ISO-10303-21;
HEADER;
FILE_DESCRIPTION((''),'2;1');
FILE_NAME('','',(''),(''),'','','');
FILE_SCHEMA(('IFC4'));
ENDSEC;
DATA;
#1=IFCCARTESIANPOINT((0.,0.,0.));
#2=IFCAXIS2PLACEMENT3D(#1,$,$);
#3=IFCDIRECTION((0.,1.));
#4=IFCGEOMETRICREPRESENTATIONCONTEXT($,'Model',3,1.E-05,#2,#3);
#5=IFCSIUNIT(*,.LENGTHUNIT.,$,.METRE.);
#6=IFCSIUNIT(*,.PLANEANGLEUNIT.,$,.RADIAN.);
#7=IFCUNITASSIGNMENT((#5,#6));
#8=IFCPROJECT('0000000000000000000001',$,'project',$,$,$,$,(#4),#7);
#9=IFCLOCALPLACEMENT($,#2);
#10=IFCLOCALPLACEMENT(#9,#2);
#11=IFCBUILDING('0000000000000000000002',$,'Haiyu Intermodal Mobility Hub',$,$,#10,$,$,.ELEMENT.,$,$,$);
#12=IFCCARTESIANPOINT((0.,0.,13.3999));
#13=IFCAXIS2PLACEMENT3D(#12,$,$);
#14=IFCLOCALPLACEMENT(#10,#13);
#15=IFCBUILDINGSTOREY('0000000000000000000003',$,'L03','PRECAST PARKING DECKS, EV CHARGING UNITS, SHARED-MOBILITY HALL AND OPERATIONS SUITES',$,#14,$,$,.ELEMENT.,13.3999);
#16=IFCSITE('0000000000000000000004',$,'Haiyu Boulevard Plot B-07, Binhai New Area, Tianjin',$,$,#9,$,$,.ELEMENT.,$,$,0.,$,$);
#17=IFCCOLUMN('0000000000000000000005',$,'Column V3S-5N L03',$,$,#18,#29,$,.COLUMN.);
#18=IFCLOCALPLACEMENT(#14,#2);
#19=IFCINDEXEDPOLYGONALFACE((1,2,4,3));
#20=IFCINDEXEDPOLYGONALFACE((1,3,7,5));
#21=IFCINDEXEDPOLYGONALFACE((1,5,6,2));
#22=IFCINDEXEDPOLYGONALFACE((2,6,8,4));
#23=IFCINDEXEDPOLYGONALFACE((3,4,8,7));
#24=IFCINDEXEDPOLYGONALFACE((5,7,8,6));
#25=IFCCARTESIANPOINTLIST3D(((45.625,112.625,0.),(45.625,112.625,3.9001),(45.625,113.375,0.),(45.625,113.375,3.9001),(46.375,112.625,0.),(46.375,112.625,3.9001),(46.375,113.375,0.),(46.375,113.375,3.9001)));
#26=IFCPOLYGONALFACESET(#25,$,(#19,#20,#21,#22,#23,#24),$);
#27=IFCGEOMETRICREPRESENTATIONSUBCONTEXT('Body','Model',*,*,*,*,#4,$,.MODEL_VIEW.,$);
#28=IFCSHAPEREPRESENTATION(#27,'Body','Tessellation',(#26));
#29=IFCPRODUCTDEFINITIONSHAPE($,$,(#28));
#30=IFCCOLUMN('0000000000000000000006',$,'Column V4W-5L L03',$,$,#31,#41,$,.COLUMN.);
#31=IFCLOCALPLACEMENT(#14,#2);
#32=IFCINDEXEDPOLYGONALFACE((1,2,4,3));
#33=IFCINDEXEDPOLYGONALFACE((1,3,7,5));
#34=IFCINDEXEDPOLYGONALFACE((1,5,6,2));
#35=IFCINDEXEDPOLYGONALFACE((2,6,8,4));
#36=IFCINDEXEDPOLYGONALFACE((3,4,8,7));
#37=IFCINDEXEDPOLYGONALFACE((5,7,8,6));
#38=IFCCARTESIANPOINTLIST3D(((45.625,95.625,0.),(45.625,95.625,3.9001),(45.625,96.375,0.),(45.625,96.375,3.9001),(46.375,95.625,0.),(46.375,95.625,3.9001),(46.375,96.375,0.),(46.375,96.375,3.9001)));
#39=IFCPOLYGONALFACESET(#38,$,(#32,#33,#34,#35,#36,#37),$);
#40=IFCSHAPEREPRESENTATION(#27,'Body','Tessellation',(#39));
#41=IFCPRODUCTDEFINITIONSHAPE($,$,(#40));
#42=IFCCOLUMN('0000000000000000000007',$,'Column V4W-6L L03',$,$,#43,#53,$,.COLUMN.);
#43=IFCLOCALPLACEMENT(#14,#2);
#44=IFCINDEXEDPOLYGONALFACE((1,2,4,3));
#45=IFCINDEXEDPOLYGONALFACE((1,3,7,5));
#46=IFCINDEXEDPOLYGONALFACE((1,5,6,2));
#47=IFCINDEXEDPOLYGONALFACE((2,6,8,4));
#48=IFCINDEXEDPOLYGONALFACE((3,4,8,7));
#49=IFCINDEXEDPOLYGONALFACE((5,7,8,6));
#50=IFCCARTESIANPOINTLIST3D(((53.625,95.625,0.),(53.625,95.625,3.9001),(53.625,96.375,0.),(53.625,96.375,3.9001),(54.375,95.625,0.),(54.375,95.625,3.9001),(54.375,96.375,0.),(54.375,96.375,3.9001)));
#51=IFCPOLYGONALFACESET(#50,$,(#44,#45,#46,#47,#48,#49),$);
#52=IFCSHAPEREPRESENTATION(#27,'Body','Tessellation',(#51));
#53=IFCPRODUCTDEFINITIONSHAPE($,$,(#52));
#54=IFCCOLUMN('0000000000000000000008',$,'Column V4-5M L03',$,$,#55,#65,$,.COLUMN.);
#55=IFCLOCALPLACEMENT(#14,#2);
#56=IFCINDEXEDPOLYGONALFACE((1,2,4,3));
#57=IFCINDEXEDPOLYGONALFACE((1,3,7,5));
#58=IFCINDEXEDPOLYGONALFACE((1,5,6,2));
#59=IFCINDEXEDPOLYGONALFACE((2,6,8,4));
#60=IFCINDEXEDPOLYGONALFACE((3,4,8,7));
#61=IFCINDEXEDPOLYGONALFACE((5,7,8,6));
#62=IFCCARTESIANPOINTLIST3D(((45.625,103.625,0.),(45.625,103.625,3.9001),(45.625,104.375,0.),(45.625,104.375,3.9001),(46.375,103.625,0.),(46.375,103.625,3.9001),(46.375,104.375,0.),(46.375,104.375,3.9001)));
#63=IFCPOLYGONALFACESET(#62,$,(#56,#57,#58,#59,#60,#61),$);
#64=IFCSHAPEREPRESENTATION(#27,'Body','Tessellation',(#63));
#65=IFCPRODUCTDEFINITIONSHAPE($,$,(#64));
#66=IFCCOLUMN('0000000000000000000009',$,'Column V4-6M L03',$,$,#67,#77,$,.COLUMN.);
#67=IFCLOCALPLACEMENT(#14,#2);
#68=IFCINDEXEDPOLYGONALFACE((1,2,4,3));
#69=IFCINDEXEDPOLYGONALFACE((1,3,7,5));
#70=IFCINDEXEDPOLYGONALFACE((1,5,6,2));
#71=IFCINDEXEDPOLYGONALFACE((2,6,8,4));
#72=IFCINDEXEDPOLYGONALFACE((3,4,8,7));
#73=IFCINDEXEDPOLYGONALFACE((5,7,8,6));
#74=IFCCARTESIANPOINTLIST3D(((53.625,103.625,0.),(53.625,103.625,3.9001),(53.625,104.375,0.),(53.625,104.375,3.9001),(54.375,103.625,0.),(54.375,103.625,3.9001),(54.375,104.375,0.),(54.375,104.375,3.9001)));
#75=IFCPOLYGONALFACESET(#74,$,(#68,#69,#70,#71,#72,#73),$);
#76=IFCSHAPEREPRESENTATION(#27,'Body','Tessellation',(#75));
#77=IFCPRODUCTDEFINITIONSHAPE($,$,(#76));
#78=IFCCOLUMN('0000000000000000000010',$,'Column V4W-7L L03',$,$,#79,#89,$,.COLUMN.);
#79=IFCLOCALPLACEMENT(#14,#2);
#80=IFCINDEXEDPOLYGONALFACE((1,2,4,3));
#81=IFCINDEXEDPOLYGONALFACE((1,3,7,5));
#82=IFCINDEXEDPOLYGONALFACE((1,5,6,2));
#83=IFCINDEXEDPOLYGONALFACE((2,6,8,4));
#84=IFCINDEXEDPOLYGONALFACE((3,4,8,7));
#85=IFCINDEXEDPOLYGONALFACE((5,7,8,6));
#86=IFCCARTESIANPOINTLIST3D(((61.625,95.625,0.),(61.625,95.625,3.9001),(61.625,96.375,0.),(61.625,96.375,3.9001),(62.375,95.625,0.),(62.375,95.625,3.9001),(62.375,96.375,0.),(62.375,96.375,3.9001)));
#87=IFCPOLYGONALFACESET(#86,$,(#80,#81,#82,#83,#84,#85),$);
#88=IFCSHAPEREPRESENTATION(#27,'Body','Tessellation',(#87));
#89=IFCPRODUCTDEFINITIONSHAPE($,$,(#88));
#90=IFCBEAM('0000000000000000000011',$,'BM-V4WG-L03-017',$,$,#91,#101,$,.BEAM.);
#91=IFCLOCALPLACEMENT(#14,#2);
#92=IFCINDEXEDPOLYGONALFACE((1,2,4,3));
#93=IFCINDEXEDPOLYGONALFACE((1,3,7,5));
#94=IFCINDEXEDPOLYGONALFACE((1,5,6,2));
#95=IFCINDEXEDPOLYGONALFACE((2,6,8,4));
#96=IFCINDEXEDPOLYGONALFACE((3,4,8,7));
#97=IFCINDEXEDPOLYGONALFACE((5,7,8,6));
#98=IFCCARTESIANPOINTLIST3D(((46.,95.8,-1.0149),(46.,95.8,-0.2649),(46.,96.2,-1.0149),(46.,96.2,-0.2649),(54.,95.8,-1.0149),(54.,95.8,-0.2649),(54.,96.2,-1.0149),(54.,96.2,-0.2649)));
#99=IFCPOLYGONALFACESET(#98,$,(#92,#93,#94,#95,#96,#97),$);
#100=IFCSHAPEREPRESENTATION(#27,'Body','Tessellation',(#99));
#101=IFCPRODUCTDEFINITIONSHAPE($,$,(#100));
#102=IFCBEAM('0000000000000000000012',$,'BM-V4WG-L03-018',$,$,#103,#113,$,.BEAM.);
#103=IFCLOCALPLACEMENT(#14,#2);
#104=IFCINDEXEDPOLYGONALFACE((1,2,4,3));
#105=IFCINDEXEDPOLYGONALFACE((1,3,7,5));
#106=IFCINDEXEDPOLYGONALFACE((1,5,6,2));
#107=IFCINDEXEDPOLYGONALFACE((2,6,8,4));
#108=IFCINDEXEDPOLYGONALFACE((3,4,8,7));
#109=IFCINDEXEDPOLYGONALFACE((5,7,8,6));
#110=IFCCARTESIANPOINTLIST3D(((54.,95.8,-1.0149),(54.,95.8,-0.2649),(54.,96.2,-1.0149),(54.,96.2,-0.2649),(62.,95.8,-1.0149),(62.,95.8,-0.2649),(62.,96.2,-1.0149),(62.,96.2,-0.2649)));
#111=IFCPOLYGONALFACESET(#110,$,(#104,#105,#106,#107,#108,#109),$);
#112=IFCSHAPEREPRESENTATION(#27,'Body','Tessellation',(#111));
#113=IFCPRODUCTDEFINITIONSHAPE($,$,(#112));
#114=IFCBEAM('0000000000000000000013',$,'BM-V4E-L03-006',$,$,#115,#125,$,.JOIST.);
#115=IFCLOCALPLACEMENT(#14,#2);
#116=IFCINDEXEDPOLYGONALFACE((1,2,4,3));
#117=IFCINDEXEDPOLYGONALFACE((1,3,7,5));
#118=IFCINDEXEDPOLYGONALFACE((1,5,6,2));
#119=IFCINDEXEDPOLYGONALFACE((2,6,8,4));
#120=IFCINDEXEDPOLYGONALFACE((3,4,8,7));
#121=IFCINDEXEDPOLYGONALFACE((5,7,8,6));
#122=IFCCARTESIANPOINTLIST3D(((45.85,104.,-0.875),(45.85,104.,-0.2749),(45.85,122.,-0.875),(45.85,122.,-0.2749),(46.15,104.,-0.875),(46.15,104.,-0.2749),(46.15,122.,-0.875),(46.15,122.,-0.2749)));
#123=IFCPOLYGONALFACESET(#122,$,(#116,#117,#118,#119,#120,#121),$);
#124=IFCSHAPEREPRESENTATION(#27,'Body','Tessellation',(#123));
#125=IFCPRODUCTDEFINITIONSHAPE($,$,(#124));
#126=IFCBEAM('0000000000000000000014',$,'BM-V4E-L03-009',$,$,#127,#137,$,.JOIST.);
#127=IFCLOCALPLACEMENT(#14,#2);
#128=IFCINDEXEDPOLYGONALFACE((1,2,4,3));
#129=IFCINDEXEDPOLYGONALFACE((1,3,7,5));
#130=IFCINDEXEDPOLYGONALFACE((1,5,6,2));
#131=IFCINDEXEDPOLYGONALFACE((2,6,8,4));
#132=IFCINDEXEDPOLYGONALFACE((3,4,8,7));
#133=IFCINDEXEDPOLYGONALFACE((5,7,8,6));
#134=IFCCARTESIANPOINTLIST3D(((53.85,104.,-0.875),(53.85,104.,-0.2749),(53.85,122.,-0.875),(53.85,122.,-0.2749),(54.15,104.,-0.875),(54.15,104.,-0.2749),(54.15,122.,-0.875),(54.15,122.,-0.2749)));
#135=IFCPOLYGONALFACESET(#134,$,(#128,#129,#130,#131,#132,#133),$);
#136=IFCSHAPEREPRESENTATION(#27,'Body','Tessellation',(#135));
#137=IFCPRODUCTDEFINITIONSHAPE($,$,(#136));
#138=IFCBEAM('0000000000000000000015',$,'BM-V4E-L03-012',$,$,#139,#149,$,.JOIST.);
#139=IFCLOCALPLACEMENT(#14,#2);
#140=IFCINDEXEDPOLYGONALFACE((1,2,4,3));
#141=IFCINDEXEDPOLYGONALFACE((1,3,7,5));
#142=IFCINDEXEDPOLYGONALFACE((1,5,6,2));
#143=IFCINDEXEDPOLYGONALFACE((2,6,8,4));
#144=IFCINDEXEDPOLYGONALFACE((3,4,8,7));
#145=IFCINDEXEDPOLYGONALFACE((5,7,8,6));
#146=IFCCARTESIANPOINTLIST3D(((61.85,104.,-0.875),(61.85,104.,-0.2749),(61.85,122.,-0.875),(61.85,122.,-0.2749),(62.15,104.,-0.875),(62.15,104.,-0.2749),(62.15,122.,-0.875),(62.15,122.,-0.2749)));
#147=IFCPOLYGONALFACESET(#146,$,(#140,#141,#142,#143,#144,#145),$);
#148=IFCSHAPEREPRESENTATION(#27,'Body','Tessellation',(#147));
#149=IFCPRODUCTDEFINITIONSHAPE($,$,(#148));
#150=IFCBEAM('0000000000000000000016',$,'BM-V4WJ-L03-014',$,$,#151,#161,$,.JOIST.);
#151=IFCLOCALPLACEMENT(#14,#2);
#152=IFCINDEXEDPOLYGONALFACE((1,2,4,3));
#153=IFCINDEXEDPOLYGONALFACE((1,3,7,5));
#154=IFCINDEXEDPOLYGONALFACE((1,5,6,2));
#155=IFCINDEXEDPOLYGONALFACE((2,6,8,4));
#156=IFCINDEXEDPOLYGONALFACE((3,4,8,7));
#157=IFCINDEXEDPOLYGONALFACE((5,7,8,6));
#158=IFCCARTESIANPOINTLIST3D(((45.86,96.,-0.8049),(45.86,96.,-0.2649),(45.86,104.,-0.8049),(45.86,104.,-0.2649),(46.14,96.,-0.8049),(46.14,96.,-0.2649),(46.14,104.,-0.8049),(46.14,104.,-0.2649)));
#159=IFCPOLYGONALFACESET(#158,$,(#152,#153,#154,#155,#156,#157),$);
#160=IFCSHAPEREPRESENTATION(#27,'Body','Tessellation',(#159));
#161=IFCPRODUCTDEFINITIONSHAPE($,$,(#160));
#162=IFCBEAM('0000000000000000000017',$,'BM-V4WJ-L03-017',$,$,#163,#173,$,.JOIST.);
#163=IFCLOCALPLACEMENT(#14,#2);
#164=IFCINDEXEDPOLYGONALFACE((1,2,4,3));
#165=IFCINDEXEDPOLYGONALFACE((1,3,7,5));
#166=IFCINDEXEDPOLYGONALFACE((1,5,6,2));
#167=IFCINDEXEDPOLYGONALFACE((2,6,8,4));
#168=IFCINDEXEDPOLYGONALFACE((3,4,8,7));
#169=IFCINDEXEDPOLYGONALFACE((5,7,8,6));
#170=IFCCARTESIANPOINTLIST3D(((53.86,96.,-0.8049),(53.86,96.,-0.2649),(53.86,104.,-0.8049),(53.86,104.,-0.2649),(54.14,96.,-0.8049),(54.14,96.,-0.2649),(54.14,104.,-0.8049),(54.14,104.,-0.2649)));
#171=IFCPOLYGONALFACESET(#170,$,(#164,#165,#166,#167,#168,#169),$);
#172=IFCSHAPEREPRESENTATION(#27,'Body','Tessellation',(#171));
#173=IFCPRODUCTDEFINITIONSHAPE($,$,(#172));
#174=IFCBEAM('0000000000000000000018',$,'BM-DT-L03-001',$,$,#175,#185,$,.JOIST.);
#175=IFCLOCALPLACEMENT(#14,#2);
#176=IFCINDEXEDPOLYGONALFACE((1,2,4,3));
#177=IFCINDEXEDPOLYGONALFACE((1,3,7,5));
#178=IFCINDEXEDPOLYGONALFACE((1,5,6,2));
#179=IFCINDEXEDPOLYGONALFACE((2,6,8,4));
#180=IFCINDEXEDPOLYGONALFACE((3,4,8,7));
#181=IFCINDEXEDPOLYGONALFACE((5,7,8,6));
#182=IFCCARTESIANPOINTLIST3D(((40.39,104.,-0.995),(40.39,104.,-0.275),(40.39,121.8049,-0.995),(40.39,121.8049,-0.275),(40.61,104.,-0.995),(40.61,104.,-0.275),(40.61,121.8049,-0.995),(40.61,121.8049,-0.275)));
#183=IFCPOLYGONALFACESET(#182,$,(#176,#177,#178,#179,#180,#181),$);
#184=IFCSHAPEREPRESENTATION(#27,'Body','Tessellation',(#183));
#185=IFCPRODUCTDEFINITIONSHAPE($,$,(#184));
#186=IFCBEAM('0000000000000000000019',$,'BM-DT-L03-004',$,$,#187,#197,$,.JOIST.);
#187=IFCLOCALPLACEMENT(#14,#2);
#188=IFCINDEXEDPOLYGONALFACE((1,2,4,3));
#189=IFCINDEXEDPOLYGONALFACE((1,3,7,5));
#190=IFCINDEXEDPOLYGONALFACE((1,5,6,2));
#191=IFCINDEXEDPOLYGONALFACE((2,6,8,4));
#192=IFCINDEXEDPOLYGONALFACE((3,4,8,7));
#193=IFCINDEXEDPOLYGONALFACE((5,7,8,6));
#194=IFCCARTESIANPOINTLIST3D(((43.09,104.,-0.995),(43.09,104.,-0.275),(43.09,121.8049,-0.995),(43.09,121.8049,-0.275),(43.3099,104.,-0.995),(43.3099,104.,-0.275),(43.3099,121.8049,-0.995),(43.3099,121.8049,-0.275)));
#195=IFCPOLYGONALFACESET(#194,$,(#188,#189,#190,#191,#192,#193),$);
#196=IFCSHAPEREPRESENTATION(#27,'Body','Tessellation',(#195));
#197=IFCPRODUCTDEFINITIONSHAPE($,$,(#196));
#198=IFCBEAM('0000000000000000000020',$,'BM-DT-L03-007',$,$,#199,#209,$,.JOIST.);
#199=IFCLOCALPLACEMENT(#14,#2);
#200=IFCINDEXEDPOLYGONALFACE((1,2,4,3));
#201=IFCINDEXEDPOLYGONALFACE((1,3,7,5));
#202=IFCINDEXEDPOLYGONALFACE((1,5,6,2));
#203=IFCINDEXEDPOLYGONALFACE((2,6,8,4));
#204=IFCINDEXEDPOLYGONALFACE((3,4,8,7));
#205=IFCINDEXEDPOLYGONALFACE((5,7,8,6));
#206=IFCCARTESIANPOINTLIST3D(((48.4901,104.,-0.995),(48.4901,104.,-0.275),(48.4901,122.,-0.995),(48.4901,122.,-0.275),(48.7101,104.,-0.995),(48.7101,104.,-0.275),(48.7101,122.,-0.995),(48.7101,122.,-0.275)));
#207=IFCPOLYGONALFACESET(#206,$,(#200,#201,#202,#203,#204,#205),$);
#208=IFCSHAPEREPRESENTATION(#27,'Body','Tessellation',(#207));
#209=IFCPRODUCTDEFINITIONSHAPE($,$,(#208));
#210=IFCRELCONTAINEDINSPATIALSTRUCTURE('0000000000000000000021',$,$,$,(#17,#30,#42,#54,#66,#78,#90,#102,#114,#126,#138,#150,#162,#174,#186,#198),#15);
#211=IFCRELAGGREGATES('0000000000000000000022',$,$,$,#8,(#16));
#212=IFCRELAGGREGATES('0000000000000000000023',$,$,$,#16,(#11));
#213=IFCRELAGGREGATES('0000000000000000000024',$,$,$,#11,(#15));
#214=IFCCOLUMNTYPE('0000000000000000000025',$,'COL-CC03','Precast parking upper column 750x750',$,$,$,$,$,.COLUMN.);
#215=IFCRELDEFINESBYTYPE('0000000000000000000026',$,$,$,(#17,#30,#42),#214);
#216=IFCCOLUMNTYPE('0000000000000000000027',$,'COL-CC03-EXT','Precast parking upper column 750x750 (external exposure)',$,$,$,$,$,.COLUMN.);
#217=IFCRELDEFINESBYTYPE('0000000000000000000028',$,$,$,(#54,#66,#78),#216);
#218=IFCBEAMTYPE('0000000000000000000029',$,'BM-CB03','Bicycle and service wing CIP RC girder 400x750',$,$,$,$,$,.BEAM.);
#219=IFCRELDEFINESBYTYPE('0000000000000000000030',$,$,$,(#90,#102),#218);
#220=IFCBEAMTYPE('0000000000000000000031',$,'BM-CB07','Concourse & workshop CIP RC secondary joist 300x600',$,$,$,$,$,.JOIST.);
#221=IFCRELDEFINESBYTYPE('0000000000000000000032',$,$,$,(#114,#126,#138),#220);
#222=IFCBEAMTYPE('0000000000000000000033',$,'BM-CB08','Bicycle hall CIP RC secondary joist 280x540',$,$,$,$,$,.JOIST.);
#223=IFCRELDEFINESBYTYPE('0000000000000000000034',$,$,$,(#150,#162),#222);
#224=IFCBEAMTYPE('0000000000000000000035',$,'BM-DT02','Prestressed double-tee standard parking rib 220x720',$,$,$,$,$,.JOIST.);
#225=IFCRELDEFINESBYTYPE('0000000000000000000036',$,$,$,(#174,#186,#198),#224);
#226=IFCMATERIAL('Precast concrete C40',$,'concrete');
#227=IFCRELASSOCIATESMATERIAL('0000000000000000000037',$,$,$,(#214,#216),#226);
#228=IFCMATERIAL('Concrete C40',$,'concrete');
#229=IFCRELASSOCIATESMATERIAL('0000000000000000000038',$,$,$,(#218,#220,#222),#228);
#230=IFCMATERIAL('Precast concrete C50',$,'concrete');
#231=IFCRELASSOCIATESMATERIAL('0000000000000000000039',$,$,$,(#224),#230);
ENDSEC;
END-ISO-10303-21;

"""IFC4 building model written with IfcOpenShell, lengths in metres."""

from ifc_helpers import new_model, si_unit, direction, frame, origin, origin_2d, place, context, subcontext, project, spatial, rectangle, extrude, material, material_profile, profile_set, type_object, element, save


model = new_model("IFC4")

# Units and contexts
model_context = context("Model", 3, precision=1e-05, world=origin(), true_north=direction((0.0, 1.0)))
body_context = subcontext(model_context, "Body", "Model", "MODEL_VIEW")
ifc_project = project(units=[si_unit("LENGTHUNIT", "METRE"), si_unit("PLANEANGLEUNIT", "RADIAN")], contexts=[model_context])

# Site, building, storey
site_placement = place(None, origin())
site = spatial("IfcSite", under=ifc_project, at=site_placement, Name="Haiyu Boulevard Plot B-07, Binhai New Area, Tianjin", CompositionType="ELEMENT", RefElevation=0.0)
building_placement = place(site_placement, origin())
building = spatial("IfcBuilding", under=site, at=building_placement, Name="Haiyu Intermodal Mobility Hub", CompositionType="ELEMENT")
storey_placement = place(building_placement, frame((0.0, 0.0, 13.3999)))
storey = spatial("IfcBuildingStorey", under=building, at=storey_placement, Name="L03", Description="PRECAST PARKING DECKS, EV CHARGING UNITS, SHARED-MOBILITY HALL AND OPERATIONS SUITES", CompositionType="ELEMENT", Elevation=13.3999)

# Columns
ifc_material_1 = material(Name="Precast concrete C40", Category="concrete")
ifc_material_profile_1 = material_profile(ifc_material_1, rectangle(XDim=0.75, YDim=0.75, at=origin_2d()), Name="RC750x750")
ifc_profile_set_1 = profile_set([ifc_material_profile_1], Name="Precast concrete C40")
column_type_1 = type_object("IfcColumnType", Name="COL-CC03", Description="Precast parking upper column 750x750", PredefinedType="COLUMN", material=ifc_profile_set_1)
for number, where, z_axis, x_axis, name in (
    (1, (46.0, 113.0, 0.0), (0.0, 0.0, 1.0), (1.0, 0.0, 0.0), "Column V3S-5N L03"),
    (2, (46.0, 96.0, 0.0), (0.0, 0.0, 1.0), (1.0, 0.0, 0.0), "Column V4W-5L L03"),
    (3, (54.0, 96.0, 0.0), (0.0, 0.0, 1.0), (1.0, 0.0, 0.0), "Column V4W-6L L03"),
):
    element("IfcColumn", number, at=place(storey_placement, frame(where, z_axis=z_axis, x_axis=x_axis)), inside=storey, type_object=column_type_1, Name=name, PredefinedType="COLUMN", context=body_context, shape_type="SweptSolid", body=[
        extrude(rectangle(XDim=0.75, YDim=0.75, at=origin_2d()), origin(), (0.0, 0.0, 1.0), 3.9001),
    ])
ifc_material_profile_2 = material_profile(ifc_material_1, rectangle(XDim=0.75, YDim=0.75, at=origin_2d()), Name="RC750x750")
ifc_profile_set_2 = profile_set([ifc_material_profile_2], Name="Precast concrete C40")
column_type_2 = type_object("IfcColumnType", Name="COL-CC03-EXT", Description="Precast parking upper column 750x750 (external exposure)", PredefinedType="COLUMN", material=ifc_profile_set_2)
for number, where, z_axis, x_axis, name in (
    (4, (46.0, 104.0, 0.0), (0.0, 0.0, 1.0), (1.0, 0.0, 0.0), "Column V4-5M L03"),
    (5, (54.0, 104.0, 0.0), (0.0, 0.0, 1.0), (1.0, 0.0, 0.0), "Column V4-6M L03"),
    (6, (62.0, 96.0, 0.0), (0.0, 0.0, 1.0), (1.0, 0.0, 0.0), "Column V4W-7L L03"),
):
    element("IfcColumn", number, at=place(storey_placement, frame(where, z_axis=z_axis, x_axis=x_axis)), inside=storey, type_object=column_type_2, Name=name, PredefinedType="COLUMN", context=body_context, shape_type="SweptSolid", body=[
        extrude(rectangle(XDim=0.75, YDim=0.75, at=origin_2d()), origin(), (0.0, 0.0, 1.0), 3.9001),
    ])

# Beams
ifc_material_2 = material(Name="Concrete C40", Category="concrete")
ifc_material_profile_3 = material_profile(ifc_material_2, rectangle(XDim=0.3999, YDim=0.75, at=origin_2d()), Name="RCB400x750")
ifc_profile_set_3 = profile_set([ifc_material_profile_3], Name="Concrete C40")
beam_type_1 = type_object("IfcBeamType", Name="BM-CB03", Description="Bicycle and service wing CIP RC girder 400x750", PredefinedType="BEAM", material=ifc_profile_set_3)
for number, where, z_axis, x_axis, name in (
    (7, (46.0, 96.0, -0.6399), (1.0, 0.0, 0.0), (0.0, 1.0, 0.0), "BM-V4WG-L03-017"),
    (8, (54.0, 96.0, -0.6399), (1.0, 0.0, 0.0), (0.0, 1.0, 0.0), "BM-V4WG-L03-018"),
):
    element("IfcBeam", number, at=place(storey_placement, frame(where, z_axis=z_axis, x_axis=x_axis)), inside=storey, type_object=beam_type_1, Name=name, PredefinedType="BEAM", context=body_context, shape_type="SweptSolid", body=[
        extrude(rectangle(XDim=0.3999, YDim=0.75, at=origin_2d()), origin(), (0.0, 0.0, 1.0), 8.0),
    ])
ifc_material_profile_4 = material_profile(ifc_material_2, rectangle(XDim=0.3, YDim=0.6001, at=origin_2d()), Name="RCB300x600")
ifc_profile_set_4 = profile_set([ifc_material_profile_4], Name="Concrete C40")
beam_type_2 = type_object("IfcBeamType", Name="BM-CB07", Description="Concourse & workshop CIP RC secondary joist 300x600", PredefinedType="JOIST", material=ifc_profile_set_4)
for number, where, z_axis, x_axis, name in (
    (9, (46.0, 104.0, -0.575), (0.0, 1.0, 0.0), (-1.0, 0.0, 0.0), "BM-V4E-L03-006"),
    (10, (54.0, 104.0, -0.575), (0.0, 1.0, 0.0), (-1.0, 0.0, 0.0), "BM-V4E-L03-009"),
    (11, (62.0, 104.0, -0.575), (0.0, 1.0, 0.0), (-1.0, 0.0, 0.0), "BM-V4E-L03-012"),
):
    element("IfcBeam", number, at=place(storey_placement, frame(where, z_axis=z_axis, x_axis=x_axis)), inside=storey, type_object=beam_type_2, Name=name, PredefinedType="JOIST", context=body_context, shape_type="SweptSolid", body=[
        extrude(rectangle(XDim=0.3, YDim=0.6001, at=origin_2d()), origin(), (0.0, 0.0, 1.0), 18.0),
    ])
ifc_material_profile_5 = material_profile(ifc_material_2, rectangle(XDim=0.28, YDim=0.54, at=origin_2d()), Name="RCB280x540")
ifc_profile_set_5 = profile_set([ifc_material_profile_5], Name="Concrete C40")
beam_type_3 = type_object("IfcBeamType", Name="BM-CB08", Description="Bicycle hall CIP RC secondary joist 280x540", PredefinedType="JOIST", material=ifc_profile_set_5)
for number, where, z_axis, x_axis, name in (
    (12, (46.0, 96.0, -0.5349), (0.0, 1.0, 0.0), (-1.0, 0.0, 0.0), "BM-V4WJ-L03-014"),
    (13, (54.0, 96.0, -0.5349), (0.0, 1.0, 0.0), (-1.0, 0.0, 0.0), "BM-V4WJ-L03-017"),
):
    element("IfcBeam", number, at=place(storey_placement, frame(where, z_axis=z_axis, x_axis=x_axis)), inside=storey, type_object=beam_type_3, Name=name, PredefinedType="JOIST", context=body_context, shape_type="SweptSolid", body=[
        extrude(rectangle(XDim=0.28, YDim=0.54, at=origin_2d()), origin(), (0.0, 0.0, 1.0), 8.0),
    ])
ifc_material_3 = material(Name="Precast concrete C50", Category="concrete")
ifc_material_profile_6 = material_profile(ifc_material_3, rectangle(XDim=0.22, YDim=0.72, at=origin_2d()), Name="PC220x720")
ifc_profile_set_6 = profile_set([ifc_material_profile_6], Name="Precast concrete C50")
beam_type_4 = type_object("IfcBeamType", Name="BM-DT02", Description="Prestressed double-tee standard parking rib 220x720", PredefinedType="JOIST", material=ifc_profile_set_6)
for number, where, z_axis, x_axis, name in (
    (14, (40.5, 104.0, -0.635), (0.0, 1.0, 0.0), (-1.0, 0.0, 0.0), "BM-DT-L03-001"),
    (15, (43.2, 104.0, -0.635), (0.0, 1.0, 0.0), (-1.0, 0.0, 0.0), "BM-DT-L03-004"),
):
    element("IfcBeam", number, at=place(storey_placement, frame(where, z_axis=z_axis, x_axis=x_axis)), inside=storey, type_object=beam_type_4, Name=name, PredefinedType="JOIST", context=body_context, shape_type="SweptSolid", body=[
        extrude(rectangle(XDim=0.22, YDim=0.72, at=origin_2d()), origin(), (0.0, 0.0, 1.0), 17.8049),
    ])
for number, where, z_axis, x_axis, name in (
    (16, (48.6001, 104.0, -0.635), (0.0, 1.0, 0.0), (-1.0, 0.0, 0.0), "BM-DT-L03-007"),
):
    element("IfcBeam", number, at=place(storey_placement, frame(where, z_axis=z_axis, x_axis=x_axis)), inside=storey, type_object=beam_type_4, Name=name, PredefinedType="JOIST", context=body_context, shape_type="SweptSolid", body=[
        extrude(rectangle(XDim=0.22, YDim=0.72, at=origin_2d()), origin(), (0.0, 0.0, 1.0), 18.0),
    ])

save(model, "model.ifc")
